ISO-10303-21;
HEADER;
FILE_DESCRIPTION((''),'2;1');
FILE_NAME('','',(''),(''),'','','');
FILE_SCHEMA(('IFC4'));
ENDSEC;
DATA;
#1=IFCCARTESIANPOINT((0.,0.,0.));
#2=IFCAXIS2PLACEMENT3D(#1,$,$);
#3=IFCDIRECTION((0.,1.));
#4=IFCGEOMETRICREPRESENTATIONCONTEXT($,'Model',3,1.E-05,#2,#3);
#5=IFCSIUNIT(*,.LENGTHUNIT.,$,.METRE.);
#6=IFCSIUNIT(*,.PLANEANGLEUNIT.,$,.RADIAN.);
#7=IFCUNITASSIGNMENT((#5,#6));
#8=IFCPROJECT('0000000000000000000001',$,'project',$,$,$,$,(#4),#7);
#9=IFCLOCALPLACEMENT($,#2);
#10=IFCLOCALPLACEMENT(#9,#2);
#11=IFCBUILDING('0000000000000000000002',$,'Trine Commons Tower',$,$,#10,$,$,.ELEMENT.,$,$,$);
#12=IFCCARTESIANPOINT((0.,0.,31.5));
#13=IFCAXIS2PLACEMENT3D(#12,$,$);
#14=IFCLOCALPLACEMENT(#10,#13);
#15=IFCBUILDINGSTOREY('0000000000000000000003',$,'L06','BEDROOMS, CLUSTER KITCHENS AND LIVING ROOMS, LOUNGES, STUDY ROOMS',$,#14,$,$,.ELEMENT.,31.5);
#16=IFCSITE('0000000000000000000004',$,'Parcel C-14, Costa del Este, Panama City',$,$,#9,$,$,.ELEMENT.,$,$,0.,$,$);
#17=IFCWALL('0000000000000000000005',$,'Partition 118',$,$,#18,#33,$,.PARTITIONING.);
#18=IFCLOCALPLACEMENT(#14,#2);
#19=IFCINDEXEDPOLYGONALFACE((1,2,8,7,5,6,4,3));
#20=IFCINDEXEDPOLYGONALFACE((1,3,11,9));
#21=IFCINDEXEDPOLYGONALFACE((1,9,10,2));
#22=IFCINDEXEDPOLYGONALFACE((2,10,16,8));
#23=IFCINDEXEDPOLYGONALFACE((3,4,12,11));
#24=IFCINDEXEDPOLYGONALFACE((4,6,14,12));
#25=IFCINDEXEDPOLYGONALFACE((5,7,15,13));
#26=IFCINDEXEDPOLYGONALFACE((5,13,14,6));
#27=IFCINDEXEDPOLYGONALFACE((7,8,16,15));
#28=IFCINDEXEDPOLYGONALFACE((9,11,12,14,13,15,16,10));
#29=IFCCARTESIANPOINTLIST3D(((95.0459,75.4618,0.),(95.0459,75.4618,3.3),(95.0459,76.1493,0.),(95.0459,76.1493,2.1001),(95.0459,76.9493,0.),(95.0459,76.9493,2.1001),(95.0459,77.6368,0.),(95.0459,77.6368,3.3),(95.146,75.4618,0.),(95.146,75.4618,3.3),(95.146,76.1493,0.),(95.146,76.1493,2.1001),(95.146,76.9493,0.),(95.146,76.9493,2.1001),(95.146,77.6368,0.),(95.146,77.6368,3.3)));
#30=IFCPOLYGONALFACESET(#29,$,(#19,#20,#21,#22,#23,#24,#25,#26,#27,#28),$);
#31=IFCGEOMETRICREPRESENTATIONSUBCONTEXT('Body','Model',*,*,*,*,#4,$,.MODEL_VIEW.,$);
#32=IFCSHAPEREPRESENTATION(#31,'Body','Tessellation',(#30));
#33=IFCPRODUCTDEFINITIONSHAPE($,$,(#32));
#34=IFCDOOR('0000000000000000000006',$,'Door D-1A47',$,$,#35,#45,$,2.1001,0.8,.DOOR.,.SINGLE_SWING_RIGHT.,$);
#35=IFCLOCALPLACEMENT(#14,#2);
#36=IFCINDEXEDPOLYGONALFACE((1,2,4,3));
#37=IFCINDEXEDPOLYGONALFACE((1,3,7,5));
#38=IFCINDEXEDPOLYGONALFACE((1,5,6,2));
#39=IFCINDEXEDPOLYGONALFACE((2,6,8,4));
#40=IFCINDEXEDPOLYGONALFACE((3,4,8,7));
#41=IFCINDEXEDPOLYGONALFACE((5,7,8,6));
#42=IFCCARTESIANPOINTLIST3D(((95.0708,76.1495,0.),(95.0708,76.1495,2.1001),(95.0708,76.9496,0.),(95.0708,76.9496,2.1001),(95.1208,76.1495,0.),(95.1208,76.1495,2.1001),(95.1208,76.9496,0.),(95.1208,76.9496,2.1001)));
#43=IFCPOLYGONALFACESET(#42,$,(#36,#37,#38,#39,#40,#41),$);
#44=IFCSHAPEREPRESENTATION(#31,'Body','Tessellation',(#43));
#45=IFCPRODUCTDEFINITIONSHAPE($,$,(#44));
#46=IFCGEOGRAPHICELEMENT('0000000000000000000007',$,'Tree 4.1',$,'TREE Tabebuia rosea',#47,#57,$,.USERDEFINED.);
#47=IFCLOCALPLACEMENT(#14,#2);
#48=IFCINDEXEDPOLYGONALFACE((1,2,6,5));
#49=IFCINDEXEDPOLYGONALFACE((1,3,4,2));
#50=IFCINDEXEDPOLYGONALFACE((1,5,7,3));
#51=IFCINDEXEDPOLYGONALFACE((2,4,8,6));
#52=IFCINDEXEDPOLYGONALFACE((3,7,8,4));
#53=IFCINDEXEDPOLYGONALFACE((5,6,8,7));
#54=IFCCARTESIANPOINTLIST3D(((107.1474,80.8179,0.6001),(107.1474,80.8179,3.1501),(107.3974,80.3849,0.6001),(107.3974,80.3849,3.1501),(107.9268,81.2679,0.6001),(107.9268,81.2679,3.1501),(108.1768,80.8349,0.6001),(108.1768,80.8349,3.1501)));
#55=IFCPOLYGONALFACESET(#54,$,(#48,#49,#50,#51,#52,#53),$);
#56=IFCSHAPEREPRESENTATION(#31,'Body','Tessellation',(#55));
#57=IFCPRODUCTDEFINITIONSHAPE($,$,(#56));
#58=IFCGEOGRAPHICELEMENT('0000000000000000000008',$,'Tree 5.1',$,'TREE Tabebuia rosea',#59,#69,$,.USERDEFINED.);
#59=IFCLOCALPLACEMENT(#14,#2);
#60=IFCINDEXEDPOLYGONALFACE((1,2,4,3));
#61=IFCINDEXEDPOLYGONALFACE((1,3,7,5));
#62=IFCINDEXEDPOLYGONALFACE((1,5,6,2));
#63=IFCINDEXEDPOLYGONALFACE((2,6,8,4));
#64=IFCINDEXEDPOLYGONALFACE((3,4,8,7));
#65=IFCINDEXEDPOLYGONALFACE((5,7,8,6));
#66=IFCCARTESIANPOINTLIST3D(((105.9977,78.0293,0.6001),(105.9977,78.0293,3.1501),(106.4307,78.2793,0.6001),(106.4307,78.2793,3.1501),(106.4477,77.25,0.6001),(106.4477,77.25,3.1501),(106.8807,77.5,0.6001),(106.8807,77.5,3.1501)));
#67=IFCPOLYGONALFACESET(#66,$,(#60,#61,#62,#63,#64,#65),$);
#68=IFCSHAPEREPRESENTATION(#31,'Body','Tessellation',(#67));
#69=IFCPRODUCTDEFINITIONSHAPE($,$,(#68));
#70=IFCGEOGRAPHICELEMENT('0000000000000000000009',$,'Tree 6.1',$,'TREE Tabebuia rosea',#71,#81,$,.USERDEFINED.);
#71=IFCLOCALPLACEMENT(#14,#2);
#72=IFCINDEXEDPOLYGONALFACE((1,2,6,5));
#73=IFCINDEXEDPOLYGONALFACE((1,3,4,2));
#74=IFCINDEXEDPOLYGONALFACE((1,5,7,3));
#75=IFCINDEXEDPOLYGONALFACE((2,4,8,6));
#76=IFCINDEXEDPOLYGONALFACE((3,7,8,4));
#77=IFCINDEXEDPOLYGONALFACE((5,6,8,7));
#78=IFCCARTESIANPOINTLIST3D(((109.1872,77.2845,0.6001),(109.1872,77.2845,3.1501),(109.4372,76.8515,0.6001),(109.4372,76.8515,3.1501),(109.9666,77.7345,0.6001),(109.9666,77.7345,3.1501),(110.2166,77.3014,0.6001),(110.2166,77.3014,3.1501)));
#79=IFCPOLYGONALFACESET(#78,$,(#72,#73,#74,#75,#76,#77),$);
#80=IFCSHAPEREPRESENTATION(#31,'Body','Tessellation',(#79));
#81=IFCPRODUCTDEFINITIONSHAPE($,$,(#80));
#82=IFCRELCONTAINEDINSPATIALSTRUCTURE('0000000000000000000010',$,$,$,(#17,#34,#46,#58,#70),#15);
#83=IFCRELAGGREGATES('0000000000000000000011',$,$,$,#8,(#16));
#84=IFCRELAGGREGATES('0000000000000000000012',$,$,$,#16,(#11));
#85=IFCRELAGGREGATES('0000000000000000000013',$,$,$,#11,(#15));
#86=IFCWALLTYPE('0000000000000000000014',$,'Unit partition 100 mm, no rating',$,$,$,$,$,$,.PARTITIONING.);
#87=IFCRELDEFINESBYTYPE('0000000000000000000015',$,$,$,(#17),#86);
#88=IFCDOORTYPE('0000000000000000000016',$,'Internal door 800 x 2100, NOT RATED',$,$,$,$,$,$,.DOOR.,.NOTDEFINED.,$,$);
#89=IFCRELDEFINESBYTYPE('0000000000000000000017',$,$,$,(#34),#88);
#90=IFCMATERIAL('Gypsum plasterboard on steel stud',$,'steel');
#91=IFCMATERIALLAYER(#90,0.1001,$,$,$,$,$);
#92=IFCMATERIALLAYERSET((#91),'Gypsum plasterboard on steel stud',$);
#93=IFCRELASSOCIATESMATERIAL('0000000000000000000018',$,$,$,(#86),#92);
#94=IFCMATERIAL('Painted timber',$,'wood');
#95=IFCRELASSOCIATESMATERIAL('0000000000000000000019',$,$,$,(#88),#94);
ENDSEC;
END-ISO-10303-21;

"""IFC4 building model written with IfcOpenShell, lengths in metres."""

from ifc_helpers import new_model, si_unit, direction, frame, frame_2d, origin, origin_2d, place, context, subcontext, project, spatial, rectangle, extrude, material, layer, layer_set, type_object, element, fill, save


model = new_model("IFC4")

# Units and contexts
model_context = context("Model", 3, precision=1e-05, world=origin(), true_north=direction((0.0, 1.0)))
body_context = subcontext(model_context, "Body", "Model", "MODEL_VIEW")
ifc_project = project(units=[si_unit("LENGTHUNIT", "METRE"), si_unit("PLANEANGLEUNIT", "RADIAN")], contexts=[model_context])

# Site, building, storey
site_placement = place(None, origin())
site = spatial("IfcSite", under=ifc_project, at=site_placement, Name="Parcel C-14, Costa del Este, Panama City", CompositionType="ELEMENT", RefElevation=0.0)
building_placement = place(site_placement, origin())
building = spatial("IfcBuilding", under=site, at=building_placement, Name="Trine Commons Tower", CompositionType="ELEMENT")
storey_placement = place(building_placement, frame((0.0, 0.0, 31.5)))
storey = spatial("IfcBuildingStorey", under=building, at=storey_placement, Name="L06", Description="BEDROOMS, CLUSTER KITCHENS AND LIVING ROOMS, LOUNGES, STUDY ROOMS", CompositionType="ELEMENT", Elevation=31.5)

# Shared definitions
ifc_material_1 = material(Name="Gypsum plasterboard on steel stud", Category="steel")
ifc_material_2 = material(Name="Painted timber", Category="wood")

# Shared definitions
ifc_layer_1 = layer(ifc_material_1, 0.1001)
ifc_layer_set_1 = layer_set([ifc_layer_1], Name="Gypsum plasterboard on steel stud")
wall_type_1 = type_object("IfcWallType", Name="Unit partition 100 mm, no rating", PredefinedType="PARTITIONING", material=ifc_layer_set_1)

# Wall, opening, door
wall_1_placement = place(storey_placement, frame((95.0959, 75.4619, 0.0), z_axis=(0.0, 0.0, 1.0), x_axis=(0.0, 1.0, 0.0)))
wall_1 = element("IfcWall", 1, at=wall_1_placement, inside=storey, type_object=wall_type_1, Name="Partition 118", PredefinedType="PARTITIONING", context=body_context, shape_type="SweptSolid", body=[
    extrude(rectangle(XDim=2.175, YDim=0.1001, at=frame_2d((1.0874, 0.0))), origin(), (0.0, 0.0, 1.0), 3.3),
])
opening_1_placement = place(wall_1_placement, frame((0.6875, 0.0, 0.0)))
opening_1 = element("IfcOpeningElement", 2, at=opening_1_placement, cuts=wall_1, PredefinedType="OPENING", context=body_context, shape_type="SweptSolid", body=[
    extrude(rectangle(XDim=0.8, YDim=2.1001, at=frame_2d((0.3999, 1.05))), frame((0.0, 0.0601, 0.0), z_axis=(0.0, -1.0, 0.0), x_axis=(1.0, 0.0, 0.0)), (0.0, 0.0, 1.0), 0.1201),
])
door_type_1 = type_object("IfcDoorType", Name="Internal door 800 x 2100, NOT RATED", OperationType="NOTDEFINED", PredefinedType="DOOR", material=ifc_material_2)
door_1_placement = place(opening_1_placement, frame((0.8, 0.0, 0.0), z_axis=(0.0, 0.0, 1.0), x_axis=(-1.0, 0.0, 0.0)))
door_1 = element("IfcDoor", 3, at=door_1_placement, inside=storey, type_object=door_type_1, Name="Door D-1A47", OperationType="SINGLE_SWING_RIGHT", OverallHeight=2.1001, OverallWidth=0.8, PredefinedType="DOOR", context=body_context, shape_type="SweptSolid", body=[
    extrude(rectangle(XDim=0.8, YDim=2.1001, at=frame_2d((0.3999, 1.05))), frame((0.0, 0.0249, 0.0), z_axis=(0.0, -1.0, 0.0), x_axis=(1.0, 0.0, 0.0)), (0.0, 0.0, 1.0), 0.05),
])
fill(opening_1, door_1)

# Geographic elements
for number, where, z_axis, x_axis, name in (
    (4, (107.6621, 80.8264, 0.6001), (0.0, 0.0, 1.0), (-0.866026, -0.499998, 0.0), "Tree 4.1"),
    (5, (106.4392, 77.7646, 0.6001), (0.0, 0.0, 1.0), (0.500011, -0.866019, 0.0), "Tree 5.1"),
    (6, (109.7019, 77.293, 0.6001), (0.0, 0.0, 1.0), (0.866026, 0.499998, 0.0), "Tree 6.1"),
):
    element("IfcGeographicElement", number, at=place(storey_placement, frame(where, z_axis=z_axis, x_axis=x_axis)), inside=storey, Name=name, ObjectType="TREE Tabebuia rosea", PredefinedType="USERDEFINED", context=body_context, shape_type="SweptSolid", body=[
        extrude(rectangle(XDim=0.8999, YDim=0.5, at=origin_2d()), origin(), (0.0, 0.0, 1.0), 2.55),
    ])

save(model, "model.ifc")
